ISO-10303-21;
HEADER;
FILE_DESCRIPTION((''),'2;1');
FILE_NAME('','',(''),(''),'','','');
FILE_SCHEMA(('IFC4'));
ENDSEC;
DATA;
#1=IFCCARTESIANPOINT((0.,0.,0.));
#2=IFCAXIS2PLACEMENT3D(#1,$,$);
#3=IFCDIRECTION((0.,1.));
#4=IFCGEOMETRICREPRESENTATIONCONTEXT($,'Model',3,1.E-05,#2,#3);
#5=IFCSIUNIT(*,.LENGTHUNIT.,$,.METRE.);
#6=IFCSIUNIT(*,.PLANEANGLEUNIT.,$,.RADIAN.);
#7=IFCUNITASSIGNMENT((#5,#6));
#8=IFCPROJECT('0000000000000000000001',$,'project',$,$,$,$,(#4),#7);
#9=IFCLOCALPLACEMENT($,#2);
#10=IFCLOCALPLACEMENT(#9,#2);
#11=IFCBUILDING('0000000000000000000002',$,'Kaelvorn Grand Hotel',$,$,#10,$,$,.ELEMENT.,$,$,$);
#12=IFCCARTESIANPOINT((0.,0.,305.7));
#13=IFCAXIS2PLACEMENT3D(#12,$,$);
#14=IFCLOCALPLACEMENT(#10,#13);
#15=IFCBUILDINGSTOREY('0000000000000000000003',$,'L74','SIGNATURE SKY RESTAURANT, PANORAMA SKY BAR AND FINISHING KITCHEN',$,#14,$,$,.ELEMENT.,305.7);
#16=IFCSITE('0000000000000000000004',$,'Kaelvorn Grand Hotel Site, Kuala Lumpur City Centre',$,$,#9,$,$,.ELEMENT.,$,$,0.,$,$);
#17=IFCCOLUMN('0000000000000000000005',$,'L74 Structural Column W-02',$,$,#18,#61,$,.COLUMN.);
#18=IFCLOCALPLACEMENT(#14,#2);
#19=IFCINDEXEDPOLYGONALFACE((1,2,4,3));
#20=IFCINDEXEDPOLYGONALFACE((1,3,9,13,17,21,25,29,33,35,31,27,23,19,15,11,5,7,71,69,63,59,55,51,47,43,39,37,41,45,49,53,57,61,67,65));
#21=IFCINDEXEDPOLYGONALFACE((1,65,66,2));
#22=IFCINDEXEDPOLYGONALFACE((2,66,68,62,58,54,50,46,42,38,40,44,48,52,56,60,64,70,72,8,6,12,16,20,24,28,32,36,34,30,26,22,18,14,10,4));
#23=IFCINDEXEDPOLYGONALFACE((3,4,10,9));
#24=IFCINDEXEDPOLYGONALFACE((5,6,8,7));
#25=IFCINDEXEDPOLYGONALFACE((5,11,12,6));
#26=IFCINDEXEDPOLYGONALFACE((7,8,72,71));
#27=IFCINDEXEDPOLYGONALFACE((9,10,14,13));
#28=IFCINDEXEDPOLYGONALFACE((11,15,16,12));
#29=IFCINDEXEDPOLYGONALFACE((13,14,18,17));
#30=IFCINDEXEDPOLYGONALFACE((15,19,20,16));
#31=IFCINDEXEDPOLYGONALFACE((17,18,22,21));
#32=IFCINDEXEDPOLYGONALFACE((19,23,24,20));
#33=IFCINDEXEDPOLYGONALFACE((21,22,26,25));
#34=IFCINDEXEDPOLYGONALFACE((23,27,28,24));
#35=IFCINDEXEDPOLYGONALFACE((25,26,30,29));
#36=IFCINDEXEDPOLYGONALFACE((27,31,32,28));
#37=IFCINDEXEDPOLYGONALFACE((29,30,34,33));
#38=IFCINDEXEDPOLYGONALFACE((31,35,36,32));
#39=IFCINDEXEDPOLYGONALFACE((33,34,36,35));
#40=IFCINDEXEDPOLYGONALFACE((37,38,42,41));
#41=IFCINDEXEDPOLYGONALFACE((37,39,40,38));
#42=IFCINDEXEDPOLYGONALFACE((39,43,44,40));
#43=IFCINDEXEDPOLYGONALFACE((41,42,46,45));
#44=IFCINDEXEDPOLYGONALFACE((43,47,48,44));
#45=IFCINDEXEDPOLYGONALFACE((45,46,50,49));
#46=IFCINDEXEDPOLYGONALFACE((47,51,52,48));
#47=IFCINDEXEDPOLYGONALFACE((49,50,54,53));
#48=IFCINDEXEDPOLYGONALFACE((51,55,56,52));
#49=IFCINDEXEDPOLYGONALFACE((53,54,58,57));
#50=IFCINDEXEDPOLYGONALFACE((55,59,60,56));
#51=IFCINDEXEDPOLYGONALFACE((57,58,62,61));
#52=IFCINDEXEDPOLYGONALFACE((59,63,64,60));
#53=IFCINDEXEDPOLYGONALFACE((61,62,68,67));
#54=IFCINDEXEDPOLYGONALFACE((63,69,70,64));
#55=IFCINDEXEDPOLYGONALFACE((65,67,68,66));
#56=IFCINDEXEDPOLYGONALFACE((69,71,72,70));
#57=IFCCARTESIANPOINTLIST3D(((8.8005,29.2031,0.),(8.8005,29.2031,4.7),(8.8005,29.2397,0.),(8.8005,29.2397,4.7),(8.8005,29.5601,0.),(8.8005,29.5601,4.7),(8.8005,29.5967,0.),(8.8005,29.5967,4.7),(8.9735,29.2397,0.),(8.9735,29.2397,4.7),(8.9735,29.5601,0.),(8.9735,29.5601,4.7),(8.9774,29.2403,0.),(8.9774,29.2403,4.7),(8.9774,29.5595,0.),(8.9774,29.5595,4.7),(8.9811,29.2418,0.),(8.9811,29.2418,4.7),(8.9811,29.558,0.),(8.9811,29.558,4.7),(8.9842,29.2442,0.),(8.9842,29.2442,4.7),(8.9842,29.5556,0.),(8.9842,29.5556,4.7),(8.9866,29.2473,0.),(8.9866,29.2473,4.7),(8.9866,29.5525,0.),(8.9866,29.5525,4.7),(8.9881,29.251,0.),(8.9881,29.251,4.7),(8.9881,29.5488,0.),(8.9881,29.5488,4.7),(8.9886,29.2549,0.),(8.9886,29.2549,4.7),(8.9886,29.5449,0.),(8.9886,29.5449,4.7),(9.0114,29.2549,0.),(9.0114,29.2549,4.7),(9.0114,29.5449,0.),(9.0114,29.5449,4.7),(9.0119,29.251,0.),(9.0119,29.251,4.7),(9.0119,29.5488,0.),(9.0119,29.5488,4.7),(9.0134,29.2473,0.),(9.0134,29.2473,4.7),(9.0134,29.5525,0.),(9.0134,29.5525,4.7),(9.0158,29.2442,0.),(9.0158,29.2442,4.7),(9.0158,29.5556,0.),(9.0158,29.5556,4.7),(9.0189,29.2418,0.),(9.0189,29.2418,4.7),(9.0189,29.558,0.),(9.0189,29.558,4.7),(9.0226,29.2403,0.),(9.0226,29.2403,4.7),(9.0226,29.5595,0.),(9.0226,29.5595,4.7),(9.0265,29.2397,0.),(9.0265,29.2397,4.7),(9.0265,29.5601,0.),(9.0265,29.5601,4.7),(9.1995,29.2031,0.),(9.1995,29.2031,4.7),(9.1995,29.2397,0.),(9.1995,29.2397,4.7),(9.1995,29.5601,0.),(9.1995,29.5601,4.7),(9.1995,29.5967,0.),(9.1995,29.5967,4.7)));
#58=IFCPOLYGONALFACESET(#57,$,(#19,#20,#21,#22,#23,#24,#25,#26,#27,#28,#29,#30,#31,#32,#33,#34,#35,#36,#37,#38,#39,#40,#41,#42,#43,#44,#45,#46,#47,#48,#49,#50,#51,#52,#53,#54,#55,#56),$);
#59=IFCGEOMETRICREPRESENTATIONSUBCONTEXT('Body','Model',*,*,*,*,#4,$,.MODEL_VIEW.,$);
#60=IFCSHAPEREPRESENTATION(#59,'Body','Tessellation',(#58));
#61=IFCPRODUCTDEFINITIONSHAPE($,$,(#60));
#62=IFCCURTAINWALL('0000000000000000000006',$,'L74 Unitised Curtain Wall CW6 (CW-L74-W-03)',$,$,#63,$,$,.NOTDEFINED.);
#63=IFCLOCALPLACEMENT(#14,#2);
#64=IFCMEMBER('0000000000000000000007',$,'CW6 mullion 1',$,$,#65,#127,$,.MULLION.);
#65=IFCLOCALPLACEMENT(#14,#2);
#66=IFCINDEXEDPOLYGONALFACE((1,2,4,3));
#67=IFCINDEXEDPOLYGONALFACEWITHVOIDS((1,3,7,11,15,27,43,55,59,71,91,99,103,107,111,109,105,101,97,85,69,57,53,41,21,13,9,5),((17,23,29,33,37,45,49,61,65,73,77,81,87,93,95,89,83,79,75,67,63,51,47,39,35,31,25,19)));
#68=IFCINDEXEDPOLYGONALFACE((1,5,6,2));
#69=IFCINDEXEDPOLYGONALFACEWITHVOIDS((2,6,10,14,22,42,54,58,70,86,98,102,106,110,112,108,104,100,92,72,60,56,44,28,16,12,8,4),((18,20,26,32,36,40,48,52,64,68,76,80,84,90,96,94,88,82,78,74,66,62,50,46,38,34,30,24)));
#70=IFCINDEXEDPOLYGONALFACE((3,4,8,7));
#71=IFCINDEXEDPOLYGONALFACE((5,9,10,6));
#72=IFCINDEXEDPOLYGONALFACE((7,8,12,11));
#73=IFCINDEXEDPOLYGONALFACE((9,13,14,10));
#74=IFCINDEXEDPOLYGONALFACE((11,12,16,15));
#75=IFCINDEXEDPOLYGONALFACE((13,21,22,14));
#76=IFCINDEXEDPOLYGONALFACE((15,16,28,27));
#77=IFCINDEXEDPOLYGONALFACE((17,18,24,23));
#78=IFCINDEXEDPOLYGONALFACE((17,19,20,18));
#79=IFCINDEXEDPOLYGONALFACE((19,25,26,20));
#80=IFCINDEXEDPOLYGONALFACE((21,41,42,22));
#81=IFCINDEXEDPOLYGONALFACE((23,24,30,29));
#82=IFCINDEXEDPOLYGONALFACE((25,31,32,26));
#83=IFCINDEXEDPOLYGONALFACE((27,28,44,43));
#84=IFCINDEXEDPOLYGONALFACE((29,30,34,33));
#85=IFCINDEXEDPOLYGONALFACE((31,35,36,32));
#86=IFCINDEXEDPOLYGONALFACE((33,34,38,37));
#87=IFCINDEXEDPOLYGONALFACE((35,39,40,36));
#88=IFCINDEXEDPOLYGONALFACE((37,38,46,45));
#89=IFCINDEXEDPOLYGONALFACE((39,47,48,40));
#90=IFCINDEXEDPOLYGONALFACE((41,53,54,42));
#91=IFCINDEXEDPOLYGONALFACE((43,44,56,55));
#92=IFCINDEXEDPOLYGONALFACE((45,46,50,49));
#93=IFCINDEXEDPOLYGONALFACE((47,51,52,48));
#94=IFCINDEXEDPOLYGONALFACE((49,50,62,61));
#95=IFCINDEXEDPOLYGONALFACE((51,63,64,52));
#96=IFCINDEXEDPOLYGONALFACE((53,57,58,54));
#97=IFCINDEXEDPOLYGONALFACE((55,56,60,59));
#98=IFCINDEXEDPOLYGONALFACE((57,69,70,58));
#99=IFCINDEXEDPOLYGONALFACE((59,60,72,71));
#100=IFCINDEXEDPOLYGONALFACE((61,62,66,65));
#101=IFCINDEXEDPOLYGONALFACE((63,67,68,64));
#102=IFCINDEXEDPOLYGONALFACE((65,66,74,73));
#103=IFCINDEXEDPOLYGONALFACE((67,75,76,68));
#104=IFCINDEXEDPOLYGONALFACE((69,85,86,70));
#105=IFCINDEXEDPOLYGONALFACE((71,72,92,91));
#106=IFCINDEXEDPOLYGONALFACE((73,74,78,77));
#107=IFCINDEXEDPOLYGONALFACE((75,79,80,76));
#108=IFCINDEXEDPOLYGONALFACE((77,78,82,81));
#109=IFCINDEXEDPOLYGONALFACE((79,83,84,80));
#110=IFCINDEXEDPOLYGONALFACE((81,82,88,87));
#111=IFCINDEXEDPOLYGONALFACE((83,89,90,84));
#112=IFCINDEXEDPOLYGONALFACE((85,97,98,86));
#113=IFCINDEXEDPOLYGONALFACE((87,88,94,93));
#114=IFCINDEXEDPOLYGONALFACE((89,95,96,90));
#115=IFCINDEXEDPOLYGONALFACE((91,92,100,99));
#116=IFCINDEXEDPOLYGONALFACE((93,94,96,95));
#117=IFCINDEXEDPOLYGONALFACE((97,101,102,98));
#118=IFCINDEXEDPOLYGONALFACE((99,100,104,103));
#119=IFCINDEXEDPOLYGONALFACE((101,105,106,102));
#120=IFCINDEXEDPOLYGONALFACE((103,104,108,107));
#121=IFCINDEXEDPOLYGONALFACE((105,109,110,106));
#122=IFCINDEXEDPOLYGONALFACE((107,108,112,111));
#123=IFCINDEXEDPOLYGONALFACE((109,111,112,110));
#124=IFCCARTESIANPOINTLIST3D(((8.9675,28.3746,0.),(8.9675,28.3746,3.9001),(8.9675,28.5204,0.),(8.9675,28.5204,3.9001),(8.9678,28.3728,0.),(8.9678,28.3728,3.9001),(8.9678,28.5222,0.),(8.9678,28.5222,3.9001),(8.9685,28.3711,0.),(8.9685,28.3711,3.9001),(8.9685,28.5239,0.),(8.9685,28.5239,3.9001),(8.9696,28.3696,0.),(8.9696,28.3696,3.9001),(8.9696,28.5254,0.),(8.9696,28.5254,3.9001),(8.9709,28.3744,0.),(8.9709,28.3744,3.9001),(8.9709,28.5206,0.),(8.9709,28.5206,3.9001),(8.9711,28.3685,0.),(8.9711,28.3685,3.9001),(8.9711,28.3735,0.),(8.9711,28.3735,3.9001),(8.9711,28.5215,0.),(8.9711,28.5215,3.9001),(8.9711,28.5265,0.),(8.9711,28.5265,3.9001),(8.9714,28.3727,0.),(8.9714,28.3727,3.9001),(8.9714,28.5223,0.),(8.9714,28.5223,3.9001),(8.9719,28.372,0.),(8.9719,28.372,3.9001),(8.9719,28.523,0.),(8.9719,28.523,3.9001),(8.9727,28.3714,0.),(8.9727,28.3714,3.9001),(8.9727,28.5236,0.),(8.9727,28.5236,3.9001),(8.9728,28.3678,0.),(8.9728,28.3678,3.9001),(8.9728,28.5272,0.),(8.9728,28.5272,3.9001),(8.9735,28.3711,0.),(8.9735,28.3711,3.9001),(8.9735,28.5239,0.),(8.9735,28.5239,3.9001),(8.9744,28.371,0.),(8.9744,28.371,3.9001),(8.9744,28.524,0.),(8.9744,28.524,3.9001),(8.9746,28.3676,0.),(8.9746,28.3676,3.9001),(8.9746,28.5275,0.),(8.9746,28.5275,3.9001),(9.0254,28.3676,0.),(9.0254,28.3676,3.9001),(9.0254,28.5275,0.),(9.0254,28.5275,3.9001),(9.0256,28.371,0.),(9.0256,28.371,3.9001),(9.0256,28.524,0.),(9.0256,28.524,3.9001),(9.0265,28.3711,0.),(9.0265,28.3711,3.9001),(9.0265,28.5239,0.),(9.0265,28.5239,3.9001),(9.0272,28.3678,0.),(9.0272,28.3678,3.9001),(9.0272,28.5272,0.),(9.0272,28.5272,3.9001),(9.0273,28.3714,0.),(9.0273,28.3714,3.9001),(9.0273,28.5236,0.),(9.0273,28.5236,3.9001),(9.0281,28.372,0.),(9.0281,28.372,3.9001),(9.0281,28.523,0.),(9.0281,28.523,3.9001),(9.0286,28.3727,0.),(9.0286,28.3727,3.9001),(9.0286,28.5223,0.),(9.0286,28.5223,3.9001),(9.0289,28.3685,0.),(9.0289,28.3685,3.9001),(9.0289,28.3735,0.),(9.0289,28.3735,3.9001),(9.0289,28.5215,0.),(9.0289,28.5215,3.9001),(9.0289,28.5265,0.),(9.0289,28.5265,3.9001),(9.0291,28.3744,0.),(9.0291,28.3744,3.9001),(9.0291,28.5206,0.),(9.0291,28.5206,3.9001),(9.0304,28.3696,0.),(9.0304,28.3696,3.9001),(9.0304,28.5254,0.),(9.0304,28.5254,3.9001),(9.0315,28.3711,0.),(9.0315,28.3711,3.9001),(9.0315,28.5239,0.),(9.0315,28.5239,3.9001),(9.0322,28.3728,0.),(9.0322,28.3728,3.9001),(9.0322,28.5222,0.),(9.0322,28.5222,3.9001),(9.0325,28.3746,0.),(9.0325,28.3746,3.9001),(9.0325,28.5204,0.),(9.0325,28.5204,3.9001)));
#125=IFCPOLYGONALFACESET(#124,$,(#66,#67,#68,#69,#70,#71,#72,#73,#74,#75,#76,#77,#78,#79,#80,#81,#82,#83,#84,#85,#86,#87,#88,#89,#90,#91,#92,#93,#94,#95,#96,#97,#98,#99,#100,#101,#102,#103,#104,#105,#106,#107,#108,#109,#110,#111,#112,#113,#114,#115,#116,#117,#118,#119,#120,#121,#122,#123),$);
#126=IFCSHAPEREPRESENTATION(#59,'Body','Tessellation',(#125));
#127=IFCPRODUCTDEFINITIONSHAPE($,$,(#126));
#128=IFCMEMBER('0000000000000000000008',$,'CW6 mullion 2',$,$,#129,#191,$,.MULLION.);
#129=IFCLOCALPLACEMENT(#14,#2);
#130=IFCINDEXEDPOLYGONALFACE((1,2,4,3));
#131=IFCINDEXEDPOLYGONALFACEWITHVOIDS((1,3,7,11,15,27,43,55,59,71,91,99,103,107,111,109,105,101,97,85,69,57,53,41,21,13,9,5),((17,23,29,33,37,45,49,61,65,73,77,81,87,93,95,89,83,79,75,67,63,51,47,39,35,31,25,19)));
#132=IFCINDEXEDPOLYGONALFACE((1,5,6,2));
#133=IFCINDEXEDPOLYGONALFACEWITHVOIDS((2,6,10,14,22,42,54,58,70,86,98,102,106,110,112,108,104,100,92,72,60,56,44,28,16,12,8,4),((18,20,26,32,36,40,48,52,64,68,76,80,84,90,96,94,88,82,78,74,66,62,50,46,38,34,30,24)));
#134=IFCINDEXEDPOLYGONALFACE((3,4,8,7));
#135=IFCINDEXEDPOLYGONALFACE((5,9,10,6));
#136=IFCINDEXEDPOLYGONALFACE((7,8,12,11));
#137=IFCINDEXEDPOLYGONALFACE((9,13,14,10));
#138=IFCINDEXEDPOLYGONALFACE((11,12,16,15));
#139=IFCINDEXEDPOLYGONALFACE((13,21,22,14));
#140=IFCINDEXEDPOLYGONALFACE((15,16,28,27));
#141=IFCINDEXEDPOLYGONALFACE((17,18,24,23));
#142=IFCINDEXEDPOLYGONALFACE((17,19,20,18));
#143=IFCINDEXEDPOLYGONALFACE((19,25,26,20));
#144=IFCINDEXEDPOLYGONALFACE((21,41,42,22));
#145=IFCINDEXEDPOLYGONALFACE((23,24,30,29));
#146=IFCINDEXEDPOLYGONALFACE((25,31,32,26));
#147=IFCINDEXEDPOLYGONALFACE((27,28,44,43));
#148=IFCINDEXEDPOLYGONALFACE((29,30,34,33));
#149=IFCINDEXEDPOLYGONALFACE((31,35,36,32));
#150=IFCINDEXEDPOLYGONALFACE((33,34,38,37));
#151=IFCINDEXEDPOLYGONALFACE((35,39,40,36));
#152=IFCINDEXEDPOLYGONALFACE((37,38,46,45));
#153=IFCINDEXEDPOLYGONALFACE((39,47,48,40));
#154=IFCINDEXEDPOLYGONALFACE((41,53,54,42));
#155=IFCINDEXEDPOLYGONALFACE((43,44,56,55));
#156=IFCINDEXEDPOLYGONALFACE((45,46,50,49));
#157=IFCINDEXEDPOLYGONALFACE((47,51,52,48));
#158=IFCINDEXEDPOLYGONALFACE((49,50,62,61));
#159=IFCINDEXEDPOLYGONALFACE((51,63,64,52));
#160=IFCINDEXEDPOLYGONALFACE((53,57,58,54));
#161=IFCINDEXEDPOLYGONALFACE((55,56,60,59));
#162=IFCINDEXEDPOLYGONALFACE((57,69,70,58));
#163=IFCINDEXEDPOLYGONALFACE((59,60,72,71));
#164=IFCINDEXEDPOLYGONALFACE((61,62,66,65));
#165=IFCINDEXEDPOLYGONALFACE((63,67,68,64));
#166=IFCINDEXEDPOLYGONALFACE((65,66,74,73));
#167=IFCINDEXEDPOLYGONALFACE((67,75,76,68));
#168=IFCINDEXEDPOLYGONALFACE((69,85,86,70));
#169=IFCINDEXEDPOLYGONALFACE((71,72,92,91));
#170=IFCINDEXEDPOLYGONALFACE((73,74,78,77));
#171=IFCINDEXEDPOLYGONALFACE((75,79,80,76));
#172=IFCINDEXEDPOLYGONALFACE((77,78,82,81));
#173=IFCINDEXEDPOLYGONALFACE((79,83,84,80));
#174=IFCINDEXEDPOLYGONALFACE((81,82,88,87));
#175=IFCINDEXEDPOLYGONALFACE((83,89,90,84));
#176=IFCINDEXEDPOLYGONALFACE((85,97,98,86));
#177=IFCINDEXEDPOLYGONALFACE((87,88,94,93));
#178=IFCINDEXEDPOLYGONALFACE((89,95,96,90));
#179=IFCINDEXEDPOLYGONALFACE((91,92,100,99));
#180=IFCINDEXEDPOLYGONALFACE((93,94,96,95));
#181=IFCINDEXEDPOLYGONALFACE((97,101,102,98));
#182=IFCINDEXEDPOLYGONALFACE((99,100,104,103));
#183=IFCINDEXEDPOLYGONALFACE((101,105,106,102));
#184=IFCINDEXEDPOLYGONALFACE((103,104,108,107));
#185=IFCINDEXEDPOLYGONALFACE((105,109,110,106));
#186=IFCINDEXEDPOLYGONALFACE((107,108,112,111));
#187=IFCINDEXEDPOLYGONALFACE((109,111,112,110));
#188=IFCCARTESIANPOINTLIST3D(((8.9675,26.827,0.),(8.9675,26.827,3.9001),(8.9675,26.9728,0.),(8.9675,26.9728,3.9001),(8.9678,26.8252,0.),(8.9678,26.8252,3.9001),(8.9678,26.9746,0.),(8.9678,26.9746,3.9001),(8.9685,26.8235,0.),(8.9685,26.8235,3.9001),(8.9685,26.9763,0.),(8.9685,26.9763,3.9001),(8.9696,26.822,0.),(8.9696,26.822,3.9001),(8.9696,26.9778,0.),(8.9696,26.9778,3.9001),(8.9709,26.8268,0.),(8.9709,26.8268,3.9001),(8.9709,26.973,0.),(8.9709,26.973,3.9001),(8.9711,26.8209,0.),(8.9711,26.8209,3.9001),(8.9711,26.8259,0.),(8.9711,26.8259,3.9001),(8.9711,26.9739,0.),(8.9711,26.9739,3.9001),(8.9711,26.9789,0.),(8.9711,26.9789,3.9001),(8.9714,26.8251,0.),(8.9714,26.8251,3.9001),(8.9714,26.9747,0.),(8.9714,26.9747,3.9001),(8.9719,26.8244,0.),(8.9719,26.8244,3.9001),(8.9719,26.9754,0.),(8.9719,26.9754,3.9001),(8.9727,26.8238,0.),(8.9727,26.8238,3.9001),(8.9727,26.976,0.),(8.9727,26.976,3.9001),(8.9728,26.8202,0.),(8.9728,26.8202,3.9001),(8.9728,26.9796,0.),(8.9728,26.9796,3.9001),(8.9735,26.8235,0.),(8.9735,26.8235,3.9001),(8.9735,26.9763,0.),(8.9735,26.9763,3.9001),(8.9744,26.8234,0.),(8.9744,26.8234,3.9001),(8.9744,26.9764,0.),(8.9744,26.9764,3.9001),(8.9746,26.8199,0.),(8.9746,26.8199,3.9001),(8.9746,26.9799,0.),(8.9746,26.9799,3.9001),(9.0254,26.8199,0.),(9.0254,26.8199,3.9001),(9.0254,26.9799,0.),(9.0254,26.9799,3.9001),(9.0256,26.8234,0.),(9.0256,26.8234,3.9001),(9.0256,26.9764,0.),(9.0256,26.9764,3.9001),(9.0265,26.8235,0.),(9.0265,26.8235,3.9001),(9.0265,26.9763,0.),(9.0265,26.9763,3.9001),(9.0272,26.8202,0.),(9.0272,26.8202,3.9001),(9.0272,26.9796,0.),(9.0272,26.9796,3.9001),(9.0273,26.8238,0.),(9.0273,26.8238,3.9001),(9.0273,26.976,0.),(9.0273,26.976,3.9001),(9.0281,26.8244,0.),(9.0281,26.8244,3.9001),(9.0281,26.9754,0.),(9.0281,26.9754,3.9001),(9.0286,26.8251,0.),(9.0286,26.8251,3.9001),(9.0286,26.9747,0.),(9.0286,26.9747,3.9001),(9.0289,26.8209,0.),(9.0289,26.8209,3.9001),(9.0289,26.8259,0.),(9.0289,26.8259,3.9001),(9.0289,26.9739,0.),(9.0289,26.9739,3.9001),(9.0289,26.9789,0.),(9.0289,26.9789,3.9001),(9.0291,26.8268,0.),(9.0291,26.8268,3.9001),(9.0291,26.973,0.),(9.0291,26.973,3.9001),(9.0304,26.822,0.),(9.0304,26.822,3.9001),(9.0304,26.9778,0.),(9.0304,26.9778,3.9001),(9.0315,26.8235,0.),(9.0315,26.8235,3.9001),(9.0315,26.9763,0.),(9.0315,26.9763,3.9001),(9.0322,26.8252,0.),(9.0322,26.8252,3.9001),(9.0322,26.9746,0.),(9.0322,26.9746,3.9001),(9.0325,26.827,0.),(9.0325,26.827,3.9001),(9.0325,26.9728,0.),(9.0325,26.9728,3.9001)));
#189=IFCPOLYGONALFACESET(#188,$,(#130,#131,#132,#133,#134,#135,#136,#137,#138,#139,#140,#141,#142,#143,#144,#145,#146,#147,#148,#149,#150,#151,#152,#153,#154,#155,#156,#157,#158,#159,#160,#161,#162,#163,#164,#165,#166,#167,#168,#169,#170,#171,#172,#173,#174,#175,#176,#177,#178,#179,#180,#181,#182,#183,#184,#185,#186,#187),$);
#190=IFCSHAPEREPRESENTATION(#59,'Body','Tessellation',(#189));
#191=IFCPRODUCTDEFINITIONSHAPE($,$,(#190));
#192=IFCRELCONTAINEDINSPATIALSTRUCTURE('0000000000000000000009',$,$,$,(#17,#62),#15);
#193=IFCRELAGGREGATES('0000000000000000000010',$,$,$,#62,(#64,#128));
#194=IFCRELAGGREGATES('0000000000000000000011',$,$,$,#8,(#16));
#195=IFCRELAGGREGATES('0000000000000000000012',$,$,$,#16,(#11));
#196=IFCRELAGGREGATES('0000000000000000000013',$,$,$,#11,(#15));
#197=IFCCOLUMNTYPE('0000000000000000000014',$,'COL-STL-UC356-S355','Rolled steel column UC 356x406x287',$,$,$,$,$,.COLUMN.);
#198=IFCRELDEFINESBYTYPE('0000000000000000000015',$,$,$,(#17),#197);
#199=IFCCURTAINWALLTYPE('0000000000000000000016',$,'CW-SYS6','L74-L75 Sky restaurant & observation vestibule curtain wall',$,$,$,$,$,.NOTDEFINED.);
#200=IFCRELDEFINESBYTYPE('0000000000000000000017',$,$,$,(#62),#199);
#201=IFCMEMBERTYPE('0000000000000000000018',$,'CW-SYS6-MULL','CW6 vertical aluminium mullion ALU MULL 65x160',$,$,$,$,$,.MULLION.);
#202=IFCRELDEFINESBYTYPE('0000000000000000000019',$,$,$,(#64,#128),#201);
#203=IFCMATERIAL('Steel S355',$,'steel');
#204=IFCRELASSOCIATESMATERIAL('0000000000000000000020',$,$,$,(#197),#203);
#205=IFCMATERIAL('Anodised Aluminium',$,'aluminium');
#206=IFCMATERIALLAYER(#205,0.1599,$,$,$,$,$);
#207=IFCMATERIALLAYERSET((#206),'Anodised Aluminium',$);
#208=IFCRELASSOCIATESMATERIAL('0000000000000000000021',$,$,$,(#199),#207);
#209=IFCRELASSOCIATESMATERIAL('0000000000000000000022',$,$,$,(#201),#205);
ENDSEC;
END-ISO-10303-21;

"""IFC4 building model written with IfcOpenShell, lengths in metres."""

from ifc_helpers import new_model, si_unit, direction, frame, origin, origin_2d, place, context, subcontext, project, spatial, hollow_rectangle, i_section, extrude, material, layer, layer_set, material_profile, profile_set, type_object, element, aggregate, save


model = new_model("IFC4")

# Units and contexts
model_context = context("Model", 3, precision=1e-05, world=origin(), true_north=direction((0.0, 1.0)))
body_context = subcontext(model_context, "Body", "Model", "MODEL_VIEW")
ifc_project = project(units=[si_unit("LENGTHUNIT", "METRE"), si_unit("PLANEANGLEUNIT", "RADIAN")], contexts=[model_context])

# Site, building, storey
site_placement = place(None, origin())
site = spatial("IfcSite", under=ifc_project, at=site_placement, Name="Kaelvorn Grand Hotel Site, Kuala Lumpur City Centre", CompositionType="ELEMENT", RefElevation=0.0)
building_placement = place(site_placement, origin())
building = spatial("IfcBuilding", under=site, at=building_placement, Name="Kaelvorn Grand Hotel", CompositionType="ELEMENT")
storey_placement = place(building_placement, frame((0.0, 0.0, 305.7)))
storey = spatial("IfcBuildingStorey", under=building, at=storey_placement, Name="L74", Description="SIGNATURE SKY RESTAURANT, PANORAMA SKY BAR AND FINISHING KITCHEN", CompositionType="ELEMENT", Elevation=305.7)

# Column
ifc_material_1 = material(Name="Steel S355", Category="steel")
ifc_material_profile_1 = material_profile(ifc_material_1, i_section(OverallWidth=0.3989, OverallDepth=0.3936, WebThickness=0.0227, FlangeThickness=0.0366, FilletRadius=0.0151, at=origin_2d()), Name="UC 356x406x287")
ifc_profile_set_1 = profile_set([ifc_material_profile_1], Name="Steel S355")
column_type = type_object("IfcColumnType", Name="COL-STL-UC356-S355", Description="Rolled steel column UC 356x406x287", PredefinedType="COLUMN", material=ifc_profile_set_1)
column_placement = place(storey_placement, frame((9.0, 29.3999, 0.0), z_axis=(0.0, 0.0, 1.0), x_axis=(1.0, 0.0, 0.0)))
element("IfcColumn", 1, at=column_placement, inside=storey, type_object=column_type, Name="L74 Structural Column W-02", PredefinedType="COLUMN", context=body_context, shape_type="SweptSolid", body=[
    extrude(i_section(OverallWidth=0.3989, OverallDepth=0.3936, WebThickness=0.0227, FlangeThickness=0.0366, FilletRadius=0.0151, at=origin_2d()), origin(), (0.0, 0.0, 1.0), 4.7),
])

# Curtain wall, members
ifc_material_2 = material(Name="Anodised Aluminium", Category="aluminium")
ifc_layer_1 = layer(ifc_material_2, 0.1599)
ifc_layer_set_1 = layer_set([ifc_layer_1], Name="Anodised Aluminium")
curtain_wall_type = type_object("IfcCurtainWallType", Name="CW-SYS6", Description="L74-L75 Sky restaurant & observation vestibule curtain wall", PredefinedType="NOTDEFINED", material=ifc_layer_set_1)
curtain_wall_1_placement = place(storey_placement, origin())
curtain_wall_1 = element("IfcCurtainWall", 2, at=curtain_wall_1_placement, inside=storey, type_object=curtain_wall_type, Name="L74 Unitised Curtain Wall CW6 (CW-L74-W-03)", PredefinedType="NOTDEFINED")
ifc_material_profile_2 = material_profile(ifc_material_2, hollow_rectangle(XDim=0.0649, YDim=0.1599, WallThickness=0.0034, InnerFilletRadius=0.0034, OuterFilletRadius=0.0071, at=origin_2d()), Name="ALU MULL 65x160")
ifc_profile_set_2 = profile_set([ifc_material_profile_2], Name="Anodised Aluminium")
member_type_1 = type_object("IfcMemberType", Name="CW-SYS6-MULL", Description="CW6 vertical aluminium mullion ALU MULL 65x160", PredefinedType="MULLION", material=ifc_profile_set_2)
member_1_placement = place(storey_placement, frame((9.0, 28.4475, 0.0), z_axis=(0.0, 0.0, 1.0), x_axis=(1.0, 0.0, 0.0)))
member_1 = element("IfcMember", 3, at=member_1_placement, type_object=member_type_1, Name="CW6 mullion 1", PredefinedType="MULLION", context=body_context, shape_type="SweptSolid", body=[
    extrude(hollow_rectangle(XDim=0.0649, YDim=0.1599, WallThickness=0.0034, InnerFilletRadius=0.0034, OuterFilletRadius=0.0071, at=origin_2d()), origin(), (0.0, 0.0, 1.0), 3.9001),
])
member_2_placement = place(storey_placement, frame((9.0, 26.8999, 0.0), z_axis=(0.0, 0.0, 1.0), x_axis=(1.0, 0.0, 0.0)))
member_2 = element("IfcMember", 4, at=member_2_placement, type_object=member_type_1, Name="CW6 mullion 2", PredefinedType="MULLION", context=body_context, shape_type="SweptSolid", body=[
    extrude(hollow_rectangle(XDim=0.0649, YDim=0.1599, WallThickness=0.0034, InnerFilletRadius=0.0034, OuterFilletRadius=0.0071, at=origin_2d()), origin(), (0.0, 0.0, 1.0), 3.9001),
])

aggregate(curtain_wall_1, [member_1, member_2])

save(model, "model.ifc")
